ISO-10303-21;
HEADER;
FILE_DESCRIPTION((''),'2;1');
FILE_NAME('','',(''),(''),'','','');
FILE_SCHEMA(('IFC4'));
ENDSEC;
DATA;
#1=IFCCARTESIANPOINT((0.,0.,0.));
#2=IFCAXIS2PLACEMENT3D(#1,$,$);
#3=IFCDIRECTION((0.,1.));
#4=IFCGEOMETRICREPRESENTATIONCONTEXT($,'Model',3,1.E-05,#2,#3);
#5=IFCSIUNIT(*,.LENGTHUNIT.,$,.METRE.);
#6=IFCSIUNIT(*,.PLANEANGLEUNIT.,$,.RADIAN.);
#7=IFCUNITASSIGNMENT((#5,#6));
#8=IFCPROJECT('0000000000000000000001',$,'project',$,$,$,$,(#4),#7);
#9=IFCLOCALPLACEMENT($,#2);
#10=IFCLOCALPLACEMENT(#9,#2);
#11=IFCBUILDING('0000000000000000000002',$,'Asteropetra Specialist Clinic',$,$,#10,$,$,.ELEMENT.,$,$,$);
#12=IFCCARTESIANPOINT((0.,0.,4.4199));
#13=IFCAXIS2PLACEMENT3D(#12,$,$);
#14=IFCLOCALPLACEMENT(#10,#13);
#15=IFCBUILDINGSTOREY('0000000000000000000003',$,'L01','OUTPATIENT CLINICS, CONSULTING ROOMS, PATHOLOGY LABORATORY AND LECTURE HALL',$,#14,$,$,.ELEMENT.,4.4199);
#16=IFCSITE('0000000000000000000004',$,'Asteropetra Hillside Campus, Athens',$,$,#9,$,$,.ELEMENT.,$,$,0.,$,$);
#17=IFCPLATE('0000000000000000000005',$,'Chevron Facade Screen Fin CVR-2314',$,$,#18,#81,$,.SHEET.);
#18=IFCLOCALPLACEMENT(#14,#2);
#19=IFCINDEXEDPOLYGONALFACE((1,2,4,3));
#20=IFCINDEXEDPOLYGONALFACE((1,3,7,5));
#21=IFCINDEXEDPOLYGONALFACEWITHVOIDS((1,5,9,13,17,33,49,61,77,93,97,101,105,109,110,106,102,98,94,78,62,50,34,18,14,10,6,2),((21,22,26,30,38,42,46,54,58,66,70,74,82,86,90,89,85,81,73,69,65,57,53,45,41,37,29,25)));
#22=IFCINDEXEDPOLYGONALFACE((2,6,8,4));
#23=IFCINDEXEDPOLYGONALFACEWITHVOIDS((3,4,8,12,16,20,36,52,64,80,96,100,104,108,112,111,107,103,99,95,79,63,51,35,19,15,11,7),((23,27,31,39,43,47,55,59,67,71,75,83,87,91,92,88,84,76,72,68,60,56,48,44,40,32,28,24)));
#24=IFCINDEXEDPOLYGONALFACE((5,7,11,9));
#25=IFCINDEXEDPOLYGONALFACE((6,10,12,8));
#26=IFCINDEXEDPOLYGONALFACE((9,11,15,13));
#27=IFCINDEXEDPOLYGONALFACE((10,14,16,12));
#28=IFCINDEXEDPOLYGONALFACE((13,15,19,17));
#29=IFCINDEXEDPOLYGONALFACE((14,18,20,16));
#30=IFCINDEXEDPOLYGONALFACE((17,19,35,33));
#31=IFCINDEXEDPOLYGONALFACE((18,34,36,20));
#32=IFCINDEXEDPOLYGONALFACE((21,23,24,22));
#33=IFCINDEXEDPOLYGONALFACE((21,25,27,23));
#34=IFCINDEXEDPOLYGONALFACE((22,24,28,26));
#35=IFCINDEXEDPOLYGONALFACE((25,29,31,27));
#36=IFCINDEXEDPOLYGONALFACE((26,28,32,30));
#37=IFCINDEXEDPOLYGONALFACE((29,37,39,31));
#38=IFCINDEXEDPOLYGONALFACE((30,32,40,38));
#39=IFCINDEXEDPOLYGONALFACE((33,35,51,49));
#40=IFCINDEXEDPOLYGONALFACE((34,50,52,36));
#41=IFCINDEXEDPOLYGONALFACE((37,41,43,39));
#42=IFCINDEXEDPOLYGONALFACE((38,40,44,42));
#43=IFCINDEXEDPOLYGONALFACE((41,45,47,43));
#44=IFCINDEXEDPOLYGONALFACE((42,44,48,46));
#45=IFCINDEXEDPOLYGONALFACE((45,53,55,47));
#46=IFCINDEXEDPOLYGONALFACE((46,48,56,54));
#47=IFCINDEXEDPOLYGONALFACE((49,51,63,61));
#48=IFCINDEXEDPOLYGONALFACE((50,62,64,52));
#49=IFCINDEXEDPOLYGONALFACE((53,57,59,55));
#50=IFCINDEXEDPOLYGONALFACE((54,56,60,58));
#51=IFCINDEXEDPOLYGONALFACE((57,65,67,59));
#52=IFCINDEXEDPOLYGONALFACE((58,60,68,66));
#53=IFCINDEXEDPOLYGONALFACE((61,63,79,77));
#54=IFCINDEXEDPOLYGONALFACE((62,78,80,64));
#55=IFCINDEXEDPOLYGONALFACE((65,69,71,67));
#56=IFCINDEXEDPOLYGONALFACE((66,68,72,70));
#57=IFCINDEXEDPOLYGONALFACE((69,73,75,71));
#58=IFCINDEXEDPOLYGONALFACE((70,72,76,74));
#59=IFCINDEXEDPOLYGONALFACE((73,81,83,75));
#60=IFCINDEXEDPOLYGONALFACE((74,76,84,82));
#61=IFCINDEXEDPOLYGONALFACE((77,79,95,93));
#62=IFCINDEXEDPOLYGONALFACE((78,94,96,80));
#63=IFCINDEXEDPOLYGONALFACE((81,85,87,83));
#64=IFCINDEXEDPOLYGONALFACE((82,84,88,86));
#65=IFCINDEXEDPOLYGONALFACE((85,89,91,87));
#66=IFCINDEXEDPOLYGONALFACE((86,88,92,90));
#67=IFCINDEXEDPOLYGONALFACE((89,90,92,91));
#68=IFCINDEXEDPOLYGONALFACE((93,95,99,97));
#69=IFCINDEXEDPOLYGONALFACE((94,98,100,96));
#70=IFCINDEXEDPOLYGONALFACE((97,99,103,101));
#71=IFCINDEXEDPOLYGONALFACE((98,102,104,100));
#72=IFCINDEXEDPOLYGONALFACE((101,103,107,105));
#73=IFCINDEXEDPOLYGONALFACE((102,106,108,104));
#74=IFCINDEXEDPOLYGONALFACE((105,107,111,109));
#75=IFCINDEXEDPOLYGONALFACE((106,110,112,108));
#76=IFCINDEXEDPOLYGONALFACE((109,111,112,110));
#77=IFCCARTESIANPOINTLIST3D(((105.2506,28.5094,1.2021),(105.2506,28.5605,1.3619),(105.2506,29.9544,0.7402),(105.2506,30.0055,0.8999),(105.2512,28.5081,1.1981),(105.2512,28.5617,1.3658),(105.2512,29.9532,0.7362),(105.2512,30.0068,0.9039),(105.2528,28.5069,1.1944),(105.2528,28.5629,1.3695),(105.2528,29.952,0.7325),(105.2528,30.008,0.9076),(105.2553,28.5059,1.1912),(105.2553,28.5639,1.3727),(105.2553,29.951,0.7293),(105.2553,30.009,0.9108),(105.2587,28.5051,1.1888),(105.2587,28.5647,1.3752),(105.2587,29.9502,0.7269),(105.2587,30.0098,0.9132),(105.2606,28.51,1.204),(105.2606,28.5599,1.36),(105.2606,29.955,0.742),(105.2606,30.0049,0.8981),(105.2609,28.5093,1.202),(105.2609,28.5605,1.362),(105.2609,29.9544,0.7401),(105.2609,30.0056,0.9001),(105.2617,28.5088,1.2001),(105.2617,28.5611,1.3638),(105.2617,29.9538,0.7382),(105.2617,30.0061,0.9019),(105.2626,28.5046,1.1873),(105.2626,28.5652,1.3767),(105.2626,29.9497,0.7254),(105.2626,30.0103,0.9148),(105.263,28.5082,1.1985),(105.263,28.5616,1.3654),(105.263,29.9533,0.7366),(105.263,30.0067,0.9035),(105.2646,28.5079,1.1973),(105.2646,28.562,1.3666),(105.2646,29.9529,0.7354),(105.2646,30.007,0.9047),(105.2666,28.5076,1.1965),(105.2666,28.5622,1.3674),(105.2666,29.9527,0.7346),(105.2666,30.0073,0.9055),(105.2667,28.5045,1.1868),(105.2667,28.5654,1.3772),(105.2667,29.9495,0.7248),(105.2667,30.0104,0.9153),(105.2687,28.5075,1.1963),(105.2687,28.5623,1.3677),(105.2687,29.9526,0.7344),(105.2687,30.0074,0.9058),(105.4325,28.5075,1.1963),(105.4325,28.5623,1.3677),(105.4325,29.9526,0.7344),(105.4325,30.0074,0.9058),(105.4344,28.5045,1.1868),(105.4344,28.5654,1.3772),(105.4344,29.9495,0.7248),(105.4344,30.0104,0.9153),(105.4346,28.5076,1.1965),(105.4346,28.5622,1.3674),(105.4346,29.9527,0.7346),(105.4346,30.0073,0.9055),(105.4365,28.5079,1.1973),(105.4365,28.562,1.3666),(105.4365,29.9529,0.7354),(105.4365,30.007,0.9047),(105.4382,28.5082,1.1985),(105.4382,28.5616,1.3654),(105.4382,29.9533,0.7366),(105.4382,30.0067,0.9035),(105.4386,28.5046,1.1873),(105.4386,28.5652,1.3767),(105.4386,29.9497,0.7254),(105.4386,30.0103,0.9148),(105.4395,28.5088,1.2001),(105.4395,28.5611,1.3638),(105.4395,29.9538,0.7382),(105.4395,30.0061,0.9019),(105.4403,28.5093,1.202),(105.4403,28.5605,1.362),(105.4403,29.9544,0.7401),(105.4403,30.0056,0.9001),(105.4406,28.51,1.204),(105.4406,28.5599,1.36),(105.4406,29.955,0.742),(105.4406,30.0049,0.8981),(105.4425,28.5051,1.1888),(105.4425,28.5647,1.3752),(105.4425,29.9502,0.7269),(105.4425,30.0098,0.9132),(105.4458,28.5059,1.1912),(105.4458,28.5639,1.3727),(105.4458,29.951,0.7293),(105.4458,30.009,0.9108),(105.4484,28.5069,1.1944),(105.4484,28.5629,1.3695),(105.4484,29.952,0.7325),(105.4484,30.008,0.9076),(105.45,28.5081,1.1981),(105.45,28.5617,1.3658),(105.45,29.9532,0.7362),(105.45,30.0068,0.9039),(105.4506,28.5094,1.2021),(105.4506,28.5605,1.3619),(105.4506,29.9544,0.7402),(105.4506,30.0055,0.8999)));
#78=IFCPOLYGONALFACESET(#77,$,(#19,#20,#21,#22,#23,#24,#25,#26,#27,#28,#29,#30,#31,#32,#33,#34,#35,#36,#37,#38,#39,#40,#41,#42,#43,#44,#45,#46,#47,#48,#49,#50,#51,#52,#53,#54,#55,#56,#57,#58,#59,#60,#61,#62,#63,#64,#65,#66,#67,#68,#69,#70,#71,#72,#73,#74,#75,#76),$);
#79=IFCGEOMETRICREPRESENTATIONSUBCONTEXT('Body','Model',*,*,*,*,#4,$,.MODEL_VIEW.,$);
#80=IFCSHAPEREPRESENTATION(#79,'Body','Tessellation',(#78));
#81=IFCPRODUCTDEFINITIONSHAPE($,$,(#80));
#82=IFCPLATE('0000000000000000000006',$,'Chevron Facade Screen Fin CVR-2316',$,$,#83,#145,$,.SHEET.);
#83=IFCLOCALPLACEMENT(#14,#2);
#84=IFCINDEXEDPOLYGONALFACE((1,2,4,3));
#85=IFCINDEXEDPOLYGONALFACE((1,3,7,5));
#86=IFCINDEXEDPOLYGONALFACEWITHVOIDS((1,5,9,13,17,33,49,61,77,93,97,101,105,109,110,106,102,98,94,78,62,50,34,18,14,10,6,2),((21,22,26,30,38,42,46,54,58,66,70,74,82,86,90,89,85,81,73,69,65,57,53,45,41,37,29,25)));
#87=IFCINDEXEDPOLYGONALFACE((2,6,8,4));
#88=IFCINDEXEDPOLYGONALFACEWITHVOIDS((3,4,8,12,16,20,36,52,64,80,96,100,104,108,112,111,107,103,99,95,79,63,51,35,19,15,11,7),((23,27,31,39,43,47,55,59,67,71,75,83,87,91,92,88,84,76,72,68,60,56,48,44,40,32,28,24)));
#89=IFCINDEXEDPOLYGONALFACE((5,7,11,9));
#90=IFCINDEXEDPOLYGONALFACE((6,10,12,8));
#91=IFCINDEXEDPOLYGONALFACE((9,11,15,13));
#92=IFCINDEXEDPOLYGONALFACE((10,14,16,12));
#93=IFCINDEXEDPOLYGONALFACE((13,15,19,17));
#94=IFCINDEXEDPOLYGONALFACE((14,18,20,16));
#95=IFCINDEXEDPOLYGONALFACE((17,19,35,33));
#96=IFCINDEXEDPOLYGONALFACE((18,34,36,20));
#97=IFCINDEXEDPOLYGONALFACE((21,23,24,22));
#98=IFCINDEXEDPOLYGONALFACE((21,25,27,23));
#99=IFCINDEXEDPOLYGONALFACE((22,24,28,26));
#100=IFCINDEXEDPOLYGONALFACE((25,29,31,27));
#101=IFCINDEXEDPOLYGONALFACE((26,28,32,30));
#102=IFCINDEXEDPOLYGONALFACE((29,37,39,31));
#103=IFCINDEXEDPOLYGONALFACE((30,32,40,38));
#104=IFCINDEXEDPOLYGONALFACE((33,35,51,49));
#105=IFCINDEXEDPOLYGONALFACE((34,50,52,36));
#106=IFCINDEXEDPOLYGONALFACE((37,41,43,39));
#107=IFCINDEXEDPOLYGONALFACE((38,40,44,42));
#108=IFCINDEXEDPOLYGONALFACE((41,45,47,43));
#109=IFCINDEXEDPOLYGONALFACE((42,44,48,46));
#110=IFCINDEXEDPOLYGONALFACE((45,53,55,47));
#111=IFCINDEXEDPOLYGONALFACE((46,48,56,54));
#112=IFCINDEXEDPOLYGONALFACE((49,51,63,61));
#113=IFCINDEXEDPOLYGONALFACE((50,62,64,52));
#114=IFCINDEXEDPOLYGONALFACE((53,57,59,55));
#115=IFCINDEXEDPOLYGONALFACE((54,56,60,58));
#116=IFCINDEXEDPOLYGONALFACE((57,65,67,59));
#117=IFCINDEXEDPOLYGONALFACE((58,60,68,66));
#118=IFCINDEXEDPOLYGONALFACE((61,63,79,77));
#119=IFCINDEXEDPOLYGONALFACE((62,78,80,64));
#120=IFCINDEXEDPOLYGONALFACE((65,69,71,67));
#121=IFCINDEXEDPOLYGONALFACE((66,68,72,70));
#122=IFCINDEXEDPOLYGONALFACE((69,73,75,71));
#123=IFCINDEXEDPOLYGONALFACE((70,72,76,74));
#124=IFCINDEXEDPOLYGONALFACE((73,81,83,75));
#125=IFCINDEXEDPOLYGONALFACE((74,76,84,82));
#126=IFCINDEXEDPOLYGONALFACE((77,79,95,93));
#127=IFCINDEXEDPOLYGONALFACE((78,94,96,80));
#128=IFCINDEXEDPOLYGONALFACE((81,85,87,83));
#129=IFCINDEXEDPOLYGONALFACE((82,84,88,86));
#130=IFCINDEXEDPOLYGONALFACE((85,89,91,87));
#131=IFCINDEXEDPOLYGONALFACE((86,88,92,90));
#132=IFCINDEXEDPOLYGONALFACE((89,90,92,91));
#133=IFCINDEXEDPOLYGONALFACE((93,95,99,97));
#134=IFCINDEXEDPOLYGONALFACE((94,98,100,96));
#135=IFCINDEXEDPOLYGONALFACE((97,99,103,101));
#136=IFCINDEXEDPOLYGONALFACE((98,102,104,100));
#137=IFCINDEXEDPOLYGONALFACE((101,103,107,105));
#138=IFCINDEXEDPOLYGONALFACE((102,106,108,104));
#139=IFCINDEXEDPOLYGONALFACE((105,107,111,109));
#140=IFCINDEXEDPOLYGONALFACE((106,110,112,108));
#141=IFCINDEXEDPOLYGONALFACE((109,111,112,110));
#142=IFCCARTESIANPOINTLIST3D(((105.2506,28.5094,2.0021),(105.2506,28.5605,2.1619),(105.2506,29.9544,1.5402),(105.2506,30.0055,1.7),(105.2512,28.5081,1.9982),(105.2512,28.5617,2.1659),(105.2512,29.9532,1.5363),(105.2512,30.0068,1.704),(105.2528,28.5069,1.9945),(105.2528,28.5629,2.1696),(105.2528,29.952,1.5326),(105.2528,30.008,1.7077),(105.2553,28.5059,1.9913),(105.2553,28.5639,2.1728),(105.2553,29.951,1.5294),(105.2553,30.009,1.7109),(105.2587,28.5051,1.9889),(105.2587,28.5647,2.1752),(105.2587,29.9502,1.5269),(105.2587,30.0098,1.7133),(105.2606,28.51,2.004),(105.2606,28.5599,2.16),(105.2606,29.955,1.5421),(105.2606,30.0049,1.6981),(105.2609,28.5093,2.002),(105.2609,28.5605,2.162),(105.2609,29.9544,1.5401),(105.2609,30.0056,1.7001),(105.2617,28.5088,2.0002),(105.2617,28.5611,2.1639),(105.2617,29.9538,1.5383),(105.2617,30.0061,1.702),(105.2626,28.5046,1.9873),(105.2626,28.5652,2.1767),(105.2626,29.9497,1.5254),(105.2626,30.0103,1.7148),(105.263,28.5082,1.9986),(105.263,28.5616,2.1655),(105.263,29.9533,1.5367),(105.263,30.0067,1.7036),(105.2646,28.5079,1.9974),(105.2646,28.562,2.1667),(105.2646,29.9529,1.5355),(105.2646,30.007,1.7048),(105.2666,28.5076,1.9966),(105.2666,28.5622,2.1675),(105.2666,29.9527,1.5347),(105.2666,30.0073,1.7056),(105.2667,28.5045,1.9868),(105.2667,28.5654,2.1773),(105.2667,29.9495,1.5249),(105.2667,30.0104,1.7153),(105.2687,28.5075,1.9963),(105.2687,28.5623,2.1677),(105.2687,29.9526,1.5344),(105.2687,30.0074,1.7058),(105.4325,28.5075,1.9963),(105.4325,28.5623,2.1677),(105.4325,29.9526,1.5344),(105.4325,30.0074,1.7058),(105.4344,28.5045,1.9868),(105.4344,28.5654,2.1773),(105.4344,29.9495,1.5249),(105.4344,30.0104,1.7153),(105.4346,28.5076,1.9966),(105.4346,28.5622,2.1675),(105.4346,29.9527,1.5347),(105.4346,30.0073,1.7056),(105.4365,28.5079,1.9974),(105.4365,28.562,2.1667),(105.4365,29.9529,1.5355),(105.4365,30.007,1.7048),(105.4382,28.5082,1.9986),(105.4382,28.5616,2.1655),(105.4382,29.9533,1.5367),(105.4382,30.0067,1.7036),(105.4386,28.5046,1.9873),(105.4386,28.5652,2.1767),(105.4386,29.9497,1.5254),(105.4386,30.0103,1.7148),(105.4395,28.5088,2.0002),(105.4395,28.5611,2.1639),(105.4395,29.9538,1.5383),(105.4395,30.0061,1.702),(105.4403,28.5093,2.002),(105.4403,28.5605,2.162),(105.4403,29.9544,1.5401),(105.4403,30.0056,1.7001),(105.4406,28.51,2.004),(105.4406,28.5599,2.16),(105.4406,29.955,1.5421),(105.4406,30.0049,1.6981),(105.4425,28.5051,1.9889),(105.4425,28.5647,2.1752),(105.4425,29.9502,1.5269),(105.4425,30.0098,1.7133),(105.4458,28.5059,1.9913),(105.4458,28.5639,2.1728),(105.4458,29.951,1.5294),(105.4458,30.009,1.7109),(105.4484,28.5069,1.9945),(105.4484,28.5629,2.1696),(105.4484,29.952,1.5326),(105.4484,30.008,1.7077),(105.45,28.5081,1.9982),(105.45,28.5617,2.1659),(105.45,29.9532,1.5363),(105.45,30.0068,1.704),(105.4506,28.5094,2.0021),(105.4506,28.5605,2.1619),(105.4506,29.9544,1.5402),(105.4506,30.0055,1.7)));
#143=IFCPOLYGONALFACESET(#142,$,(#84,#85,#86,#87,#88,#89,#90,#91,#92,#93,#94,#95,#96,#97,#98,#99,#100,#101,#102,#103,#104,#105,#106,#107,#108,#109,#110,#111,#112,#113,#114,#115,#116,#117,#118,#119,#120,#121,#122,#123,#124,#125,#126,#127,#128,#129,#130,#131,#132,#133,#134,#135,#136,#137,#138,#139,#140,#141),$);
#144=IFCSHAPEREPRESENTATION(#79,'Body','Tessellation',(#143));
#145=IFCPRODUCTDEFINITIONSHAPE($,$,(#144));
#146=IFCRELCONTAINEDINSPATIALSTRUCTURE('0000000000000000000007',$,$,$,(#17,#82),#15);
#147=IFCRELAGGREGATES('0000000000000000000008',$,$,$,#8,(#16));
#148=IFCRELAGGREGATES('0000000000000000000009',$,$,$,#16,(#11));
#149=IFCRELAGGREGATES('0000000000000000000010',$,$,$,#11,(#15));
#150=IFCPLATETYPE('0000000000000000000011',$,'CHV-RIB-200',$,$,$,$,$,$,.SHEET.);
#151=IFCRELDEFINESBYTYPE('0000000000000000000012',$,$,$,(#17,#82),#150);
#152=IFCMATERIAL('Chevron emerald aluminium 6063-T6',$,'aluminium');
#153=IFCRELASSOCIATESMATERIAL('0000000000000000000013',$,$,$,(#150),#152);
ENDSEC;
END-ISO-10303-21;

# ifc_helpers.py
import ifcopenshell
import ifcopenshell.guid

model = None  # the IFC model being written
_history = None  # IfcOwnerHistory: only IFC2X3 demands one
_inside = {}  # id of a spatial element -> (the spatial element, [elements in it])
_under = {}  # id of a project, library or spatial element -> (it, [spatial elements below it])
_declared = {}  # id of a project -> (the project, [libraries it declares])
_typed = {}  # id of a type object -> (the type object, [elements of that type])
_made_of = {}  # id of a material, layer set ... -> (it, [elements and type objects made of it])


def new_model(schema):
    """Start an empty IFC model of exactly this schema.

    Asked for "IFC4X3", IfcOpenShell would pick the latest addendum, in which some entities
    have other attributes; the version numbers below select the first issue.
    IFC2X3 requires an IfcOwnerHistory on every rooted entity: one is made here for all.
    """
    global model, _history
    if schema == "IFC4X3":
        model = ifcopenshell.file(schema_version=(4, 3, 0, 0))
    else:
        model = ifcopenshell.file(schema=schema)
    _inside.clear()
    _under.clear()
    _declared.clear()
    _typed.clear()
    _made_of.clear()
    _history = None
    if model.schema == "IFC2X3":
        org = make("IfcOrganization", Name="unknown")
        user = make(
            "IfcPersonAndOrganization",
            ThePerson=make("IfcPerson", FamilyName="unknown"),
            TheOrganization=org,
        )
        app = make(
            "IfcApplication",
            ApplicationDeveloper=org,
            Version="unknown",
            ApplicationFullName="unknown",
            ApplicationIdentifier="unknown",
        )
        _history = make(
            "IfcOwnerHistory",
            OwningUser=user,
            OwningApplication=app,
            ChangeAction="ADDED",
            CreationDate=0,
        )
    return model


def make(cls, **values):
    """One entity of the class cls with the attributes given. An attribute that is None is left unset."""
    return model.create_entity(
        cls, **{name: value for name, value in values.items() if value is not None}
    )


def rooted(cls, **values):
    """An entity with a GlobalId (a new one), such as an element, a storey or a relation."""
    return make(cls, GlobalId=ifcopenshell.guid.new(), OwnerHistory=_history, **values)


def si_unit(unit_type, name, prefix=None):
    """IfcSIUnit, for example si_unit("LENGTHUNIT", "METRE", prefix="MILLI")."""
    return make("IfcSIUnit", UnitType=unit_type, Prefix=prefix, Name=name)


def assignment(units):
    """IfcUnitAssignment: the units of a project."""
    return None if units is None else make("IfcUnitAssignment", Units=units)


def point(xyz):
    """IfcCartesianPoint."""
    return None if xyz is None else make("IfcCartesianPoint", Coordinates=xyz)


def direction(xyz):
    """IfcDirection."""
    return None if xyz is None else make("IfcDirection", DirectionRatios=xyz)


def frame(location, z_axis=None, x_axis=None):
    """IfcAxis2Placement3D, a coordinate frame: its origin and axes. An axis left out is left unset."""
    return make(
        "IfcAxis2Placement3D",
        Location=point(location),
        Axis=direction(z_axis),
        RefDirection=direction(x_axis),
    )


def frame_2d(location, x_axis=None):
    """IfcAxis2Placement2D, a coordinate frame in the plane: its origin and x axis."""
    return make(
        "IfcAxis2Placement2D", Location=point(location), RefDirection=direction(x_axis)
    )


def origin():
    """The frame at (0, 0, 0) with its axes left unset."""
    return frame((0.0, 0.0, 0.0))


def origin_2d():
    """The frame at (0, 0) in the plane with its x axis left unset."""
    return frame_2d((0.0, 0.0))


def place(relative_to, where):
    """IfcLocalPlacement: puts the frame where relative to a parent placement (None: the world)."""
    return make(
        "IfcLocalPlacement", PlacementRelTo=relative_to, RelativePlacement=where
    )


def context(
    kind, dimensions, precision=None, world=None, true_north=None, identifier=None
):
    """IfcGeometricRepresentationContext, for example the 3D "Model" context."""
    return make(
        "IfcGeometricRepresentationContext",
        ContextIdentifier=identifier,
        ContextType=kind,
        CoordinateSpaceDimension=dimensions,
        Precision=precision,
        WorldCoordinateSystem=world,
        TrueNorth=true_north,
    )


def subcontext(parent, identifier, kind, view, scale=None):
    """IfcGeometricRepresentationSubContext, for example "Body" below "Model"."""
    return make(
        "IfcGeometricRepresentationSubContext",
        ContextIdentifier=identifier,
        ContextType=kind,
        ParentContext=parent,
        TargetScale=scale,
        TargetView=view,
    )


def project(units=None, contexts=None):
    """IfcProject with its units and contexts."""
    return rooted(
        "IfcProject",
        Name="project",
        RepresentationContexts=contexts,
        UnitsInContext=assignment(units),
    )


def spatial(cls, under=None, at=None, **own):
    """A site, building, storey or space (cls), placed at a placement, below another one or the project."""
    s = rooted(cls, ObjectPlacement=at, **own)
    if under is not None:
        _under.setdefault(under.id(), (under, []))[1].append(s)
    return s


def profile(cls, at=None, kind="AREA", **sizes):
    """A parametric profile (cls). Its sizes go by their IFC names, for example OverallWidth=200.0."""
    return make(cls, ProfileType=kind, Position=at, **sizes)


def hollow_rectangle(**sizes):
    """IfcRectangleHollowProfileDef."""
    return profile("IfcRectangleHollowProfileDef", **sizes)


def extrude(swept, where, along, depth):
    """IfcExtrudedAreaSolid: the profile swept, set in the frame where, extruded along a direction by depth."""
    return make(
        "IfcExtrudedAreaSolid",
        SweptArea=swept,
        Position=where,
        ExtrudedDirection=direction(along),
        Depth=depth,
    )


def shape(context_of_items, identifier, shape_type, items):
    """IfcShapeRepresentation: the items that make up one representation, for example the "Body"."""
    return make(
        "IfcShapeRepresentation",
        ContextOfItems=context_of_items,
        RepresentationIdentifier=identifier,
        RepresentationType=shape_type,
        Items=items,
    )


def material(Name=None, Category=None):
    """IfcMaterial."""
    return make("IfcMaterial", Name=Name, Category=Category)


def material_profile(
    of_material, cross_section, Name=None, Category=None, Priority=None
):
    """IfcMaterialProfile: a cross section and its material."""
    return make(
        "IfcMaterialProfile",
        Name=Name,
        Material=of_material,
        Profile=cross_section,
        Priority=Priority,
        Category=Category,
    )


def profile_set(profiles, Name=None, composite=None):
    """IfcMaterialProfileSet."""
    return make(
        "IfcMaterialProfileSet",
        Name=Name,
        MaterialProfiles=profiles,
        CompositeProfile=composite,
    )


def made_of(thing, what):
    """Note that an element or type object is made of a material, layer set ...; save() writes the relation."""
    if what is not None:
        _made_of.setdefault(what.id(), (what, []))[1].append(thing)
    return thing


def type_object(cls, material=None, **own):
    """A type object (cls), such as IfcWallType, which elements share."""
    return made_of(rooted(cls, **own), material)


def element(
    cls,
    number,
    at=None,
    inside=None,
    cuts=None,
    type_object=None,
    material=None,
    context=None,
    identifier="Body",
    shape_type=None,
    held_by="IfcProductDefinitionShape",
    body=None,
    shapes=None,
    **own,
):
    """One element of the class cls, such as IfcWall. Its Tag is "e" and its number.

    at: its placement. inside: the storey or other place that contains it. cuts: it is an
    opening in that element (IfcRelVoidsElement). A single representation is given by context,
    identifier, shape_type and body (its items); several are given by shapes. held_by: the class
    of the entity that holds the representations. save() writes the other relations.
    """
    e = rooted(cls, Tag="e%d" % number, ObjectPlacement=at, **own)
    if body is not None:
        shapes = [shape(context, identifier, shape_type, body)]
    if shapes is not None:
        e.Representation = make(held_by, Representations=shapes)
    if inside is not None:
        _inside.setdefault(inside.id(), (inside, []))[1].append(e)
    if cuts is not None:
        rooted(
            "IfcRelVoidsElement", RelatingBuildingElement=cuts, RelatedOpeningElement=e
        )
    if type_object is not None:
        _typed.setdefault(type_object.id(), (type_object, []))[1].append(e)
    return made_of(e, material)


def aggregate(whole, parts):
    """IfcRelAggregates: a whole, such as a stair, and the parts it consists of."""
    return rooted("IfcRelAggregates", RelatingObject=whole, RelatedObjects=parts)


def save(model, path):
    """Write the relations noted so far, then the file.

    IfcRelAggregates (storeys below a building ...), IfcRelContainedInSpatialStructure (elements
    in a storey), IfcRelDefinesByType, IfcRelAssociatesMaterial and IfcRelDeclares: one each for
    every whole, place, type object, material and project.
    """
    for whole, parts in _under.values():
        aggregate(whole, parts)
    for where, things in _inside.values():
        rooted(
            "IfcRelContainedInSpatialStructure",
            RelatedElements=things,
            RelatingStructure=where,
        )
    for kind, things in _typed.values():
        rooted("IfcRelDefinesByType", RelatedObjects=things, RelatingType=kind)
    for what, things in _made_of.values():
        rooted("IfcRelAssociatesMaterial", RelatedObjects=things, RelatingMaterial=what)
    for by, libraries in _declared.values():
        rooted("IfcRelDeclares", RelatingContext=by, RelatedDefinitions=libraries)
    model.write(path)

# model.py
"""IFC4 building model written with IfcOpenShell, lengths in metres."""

from ifc_helpers import new_model, si_unit, direction, frame, origin, origin_2d, place, context, subcontext, project, spatial, hollow_rectangle, extrude, material, material_profile, profile_set, type_object, element, save


model = new_model("IFC4")

# Units and contexts
model_context = context("Model", 3, precision=1e-05, world=origin(), true_north=direction((0.0, 1.0)))
body_context = subcontext(model_context, "Body", "Model", "MODEL_VIEW")
ifc_project = project(units=[si_unit("LENGTHUNIT", "METRE"), si_unit("PLANEANGLEUNIT", "RADIAN")], contexts=[model_context])

# Site, building, storey
site_placement = place(None, origin())
site = spatial("IfcSite", under=ifc_project, at=site_placement, Name="Asteropetra Hillside Campus, Athens", CompositionType="ELEMENT", RefElevation=0.0)
building_placement = place(site_placement, origin())
building = spatial("IfcBuilding", under=site, at=building_placement, Name="Asteropetra Specialist Clinic", CompositionType="ELEMENT")
storey_placement = place(building_placement, frame((0.0, 0.0, 4.4199)))
storey = spatial("IfcBuildingStorey", under=building, at=storey_placement, Name="L01", Description="OUTPATIENT CLINICS, CONSULTING ROOMS, PATHOLOGY LABORATORY AND LECTURE HALL", CompositionType="ELEMENT", Elevation=4.4199)

# Plates
ifc_material_1 = material(Name="Chevron emerald aluminium 6063-T6", Category="aluminium")
ifc_material_profile_1 = material_profile(ifc_material_1, hollow_rectangle(XDim=0.2, YDim=0.2, WallThickness=0.01, InnerFilletRadius=0.0081, OuterFilletRadius=0.0161, at=origin_2d()), Name="SHS 200x200x10.0")
ifc_profile_set_1 = profile_set([ifc_material_profile_1], Name="Chevron emerald aluminium 6063-T6")
plate_type = type_object("IfcPlateType", Name="CHV-RIB-200", PredefinedType="SHEET", material=ifc_profile_set_1)
for number, where, z_axis, x_axis, name in (
    (1, (105.3506, 29.98, 0.8201), (0.0, -0.952521, 0.304472), (1.0, 0.0, 0.0), "Chevron Facade Screen Fin CVR-2314"),
    (2, (105.3506, 29.98, 1.6201), (0.0, -0.952521, 0.304472), (1.0, 0.0, 0.0), "Chevron Facade Screen Fin CVR-2316"),
):
    element("IfcPlate", number, at=place(storey_placement, frame(where, z_axis=z_axis, x_axis=x_axis)), inside=storey, type_object=plate_type, Name=name, PredefinedType="SHEET", context=body_context, shape_type="SweptSolid", body=[
        extrude(hollow_rectangle(XDim=0.2, YDim=0.2, WallThickness=0.01, InnerFilletRadius=0.0081, OuterFilletRadius=0.0161, at=origin_2d()), origin(), (0.0, 0.0, 1.0), 1.5171),
    ])

save(model, "model.ifc")
